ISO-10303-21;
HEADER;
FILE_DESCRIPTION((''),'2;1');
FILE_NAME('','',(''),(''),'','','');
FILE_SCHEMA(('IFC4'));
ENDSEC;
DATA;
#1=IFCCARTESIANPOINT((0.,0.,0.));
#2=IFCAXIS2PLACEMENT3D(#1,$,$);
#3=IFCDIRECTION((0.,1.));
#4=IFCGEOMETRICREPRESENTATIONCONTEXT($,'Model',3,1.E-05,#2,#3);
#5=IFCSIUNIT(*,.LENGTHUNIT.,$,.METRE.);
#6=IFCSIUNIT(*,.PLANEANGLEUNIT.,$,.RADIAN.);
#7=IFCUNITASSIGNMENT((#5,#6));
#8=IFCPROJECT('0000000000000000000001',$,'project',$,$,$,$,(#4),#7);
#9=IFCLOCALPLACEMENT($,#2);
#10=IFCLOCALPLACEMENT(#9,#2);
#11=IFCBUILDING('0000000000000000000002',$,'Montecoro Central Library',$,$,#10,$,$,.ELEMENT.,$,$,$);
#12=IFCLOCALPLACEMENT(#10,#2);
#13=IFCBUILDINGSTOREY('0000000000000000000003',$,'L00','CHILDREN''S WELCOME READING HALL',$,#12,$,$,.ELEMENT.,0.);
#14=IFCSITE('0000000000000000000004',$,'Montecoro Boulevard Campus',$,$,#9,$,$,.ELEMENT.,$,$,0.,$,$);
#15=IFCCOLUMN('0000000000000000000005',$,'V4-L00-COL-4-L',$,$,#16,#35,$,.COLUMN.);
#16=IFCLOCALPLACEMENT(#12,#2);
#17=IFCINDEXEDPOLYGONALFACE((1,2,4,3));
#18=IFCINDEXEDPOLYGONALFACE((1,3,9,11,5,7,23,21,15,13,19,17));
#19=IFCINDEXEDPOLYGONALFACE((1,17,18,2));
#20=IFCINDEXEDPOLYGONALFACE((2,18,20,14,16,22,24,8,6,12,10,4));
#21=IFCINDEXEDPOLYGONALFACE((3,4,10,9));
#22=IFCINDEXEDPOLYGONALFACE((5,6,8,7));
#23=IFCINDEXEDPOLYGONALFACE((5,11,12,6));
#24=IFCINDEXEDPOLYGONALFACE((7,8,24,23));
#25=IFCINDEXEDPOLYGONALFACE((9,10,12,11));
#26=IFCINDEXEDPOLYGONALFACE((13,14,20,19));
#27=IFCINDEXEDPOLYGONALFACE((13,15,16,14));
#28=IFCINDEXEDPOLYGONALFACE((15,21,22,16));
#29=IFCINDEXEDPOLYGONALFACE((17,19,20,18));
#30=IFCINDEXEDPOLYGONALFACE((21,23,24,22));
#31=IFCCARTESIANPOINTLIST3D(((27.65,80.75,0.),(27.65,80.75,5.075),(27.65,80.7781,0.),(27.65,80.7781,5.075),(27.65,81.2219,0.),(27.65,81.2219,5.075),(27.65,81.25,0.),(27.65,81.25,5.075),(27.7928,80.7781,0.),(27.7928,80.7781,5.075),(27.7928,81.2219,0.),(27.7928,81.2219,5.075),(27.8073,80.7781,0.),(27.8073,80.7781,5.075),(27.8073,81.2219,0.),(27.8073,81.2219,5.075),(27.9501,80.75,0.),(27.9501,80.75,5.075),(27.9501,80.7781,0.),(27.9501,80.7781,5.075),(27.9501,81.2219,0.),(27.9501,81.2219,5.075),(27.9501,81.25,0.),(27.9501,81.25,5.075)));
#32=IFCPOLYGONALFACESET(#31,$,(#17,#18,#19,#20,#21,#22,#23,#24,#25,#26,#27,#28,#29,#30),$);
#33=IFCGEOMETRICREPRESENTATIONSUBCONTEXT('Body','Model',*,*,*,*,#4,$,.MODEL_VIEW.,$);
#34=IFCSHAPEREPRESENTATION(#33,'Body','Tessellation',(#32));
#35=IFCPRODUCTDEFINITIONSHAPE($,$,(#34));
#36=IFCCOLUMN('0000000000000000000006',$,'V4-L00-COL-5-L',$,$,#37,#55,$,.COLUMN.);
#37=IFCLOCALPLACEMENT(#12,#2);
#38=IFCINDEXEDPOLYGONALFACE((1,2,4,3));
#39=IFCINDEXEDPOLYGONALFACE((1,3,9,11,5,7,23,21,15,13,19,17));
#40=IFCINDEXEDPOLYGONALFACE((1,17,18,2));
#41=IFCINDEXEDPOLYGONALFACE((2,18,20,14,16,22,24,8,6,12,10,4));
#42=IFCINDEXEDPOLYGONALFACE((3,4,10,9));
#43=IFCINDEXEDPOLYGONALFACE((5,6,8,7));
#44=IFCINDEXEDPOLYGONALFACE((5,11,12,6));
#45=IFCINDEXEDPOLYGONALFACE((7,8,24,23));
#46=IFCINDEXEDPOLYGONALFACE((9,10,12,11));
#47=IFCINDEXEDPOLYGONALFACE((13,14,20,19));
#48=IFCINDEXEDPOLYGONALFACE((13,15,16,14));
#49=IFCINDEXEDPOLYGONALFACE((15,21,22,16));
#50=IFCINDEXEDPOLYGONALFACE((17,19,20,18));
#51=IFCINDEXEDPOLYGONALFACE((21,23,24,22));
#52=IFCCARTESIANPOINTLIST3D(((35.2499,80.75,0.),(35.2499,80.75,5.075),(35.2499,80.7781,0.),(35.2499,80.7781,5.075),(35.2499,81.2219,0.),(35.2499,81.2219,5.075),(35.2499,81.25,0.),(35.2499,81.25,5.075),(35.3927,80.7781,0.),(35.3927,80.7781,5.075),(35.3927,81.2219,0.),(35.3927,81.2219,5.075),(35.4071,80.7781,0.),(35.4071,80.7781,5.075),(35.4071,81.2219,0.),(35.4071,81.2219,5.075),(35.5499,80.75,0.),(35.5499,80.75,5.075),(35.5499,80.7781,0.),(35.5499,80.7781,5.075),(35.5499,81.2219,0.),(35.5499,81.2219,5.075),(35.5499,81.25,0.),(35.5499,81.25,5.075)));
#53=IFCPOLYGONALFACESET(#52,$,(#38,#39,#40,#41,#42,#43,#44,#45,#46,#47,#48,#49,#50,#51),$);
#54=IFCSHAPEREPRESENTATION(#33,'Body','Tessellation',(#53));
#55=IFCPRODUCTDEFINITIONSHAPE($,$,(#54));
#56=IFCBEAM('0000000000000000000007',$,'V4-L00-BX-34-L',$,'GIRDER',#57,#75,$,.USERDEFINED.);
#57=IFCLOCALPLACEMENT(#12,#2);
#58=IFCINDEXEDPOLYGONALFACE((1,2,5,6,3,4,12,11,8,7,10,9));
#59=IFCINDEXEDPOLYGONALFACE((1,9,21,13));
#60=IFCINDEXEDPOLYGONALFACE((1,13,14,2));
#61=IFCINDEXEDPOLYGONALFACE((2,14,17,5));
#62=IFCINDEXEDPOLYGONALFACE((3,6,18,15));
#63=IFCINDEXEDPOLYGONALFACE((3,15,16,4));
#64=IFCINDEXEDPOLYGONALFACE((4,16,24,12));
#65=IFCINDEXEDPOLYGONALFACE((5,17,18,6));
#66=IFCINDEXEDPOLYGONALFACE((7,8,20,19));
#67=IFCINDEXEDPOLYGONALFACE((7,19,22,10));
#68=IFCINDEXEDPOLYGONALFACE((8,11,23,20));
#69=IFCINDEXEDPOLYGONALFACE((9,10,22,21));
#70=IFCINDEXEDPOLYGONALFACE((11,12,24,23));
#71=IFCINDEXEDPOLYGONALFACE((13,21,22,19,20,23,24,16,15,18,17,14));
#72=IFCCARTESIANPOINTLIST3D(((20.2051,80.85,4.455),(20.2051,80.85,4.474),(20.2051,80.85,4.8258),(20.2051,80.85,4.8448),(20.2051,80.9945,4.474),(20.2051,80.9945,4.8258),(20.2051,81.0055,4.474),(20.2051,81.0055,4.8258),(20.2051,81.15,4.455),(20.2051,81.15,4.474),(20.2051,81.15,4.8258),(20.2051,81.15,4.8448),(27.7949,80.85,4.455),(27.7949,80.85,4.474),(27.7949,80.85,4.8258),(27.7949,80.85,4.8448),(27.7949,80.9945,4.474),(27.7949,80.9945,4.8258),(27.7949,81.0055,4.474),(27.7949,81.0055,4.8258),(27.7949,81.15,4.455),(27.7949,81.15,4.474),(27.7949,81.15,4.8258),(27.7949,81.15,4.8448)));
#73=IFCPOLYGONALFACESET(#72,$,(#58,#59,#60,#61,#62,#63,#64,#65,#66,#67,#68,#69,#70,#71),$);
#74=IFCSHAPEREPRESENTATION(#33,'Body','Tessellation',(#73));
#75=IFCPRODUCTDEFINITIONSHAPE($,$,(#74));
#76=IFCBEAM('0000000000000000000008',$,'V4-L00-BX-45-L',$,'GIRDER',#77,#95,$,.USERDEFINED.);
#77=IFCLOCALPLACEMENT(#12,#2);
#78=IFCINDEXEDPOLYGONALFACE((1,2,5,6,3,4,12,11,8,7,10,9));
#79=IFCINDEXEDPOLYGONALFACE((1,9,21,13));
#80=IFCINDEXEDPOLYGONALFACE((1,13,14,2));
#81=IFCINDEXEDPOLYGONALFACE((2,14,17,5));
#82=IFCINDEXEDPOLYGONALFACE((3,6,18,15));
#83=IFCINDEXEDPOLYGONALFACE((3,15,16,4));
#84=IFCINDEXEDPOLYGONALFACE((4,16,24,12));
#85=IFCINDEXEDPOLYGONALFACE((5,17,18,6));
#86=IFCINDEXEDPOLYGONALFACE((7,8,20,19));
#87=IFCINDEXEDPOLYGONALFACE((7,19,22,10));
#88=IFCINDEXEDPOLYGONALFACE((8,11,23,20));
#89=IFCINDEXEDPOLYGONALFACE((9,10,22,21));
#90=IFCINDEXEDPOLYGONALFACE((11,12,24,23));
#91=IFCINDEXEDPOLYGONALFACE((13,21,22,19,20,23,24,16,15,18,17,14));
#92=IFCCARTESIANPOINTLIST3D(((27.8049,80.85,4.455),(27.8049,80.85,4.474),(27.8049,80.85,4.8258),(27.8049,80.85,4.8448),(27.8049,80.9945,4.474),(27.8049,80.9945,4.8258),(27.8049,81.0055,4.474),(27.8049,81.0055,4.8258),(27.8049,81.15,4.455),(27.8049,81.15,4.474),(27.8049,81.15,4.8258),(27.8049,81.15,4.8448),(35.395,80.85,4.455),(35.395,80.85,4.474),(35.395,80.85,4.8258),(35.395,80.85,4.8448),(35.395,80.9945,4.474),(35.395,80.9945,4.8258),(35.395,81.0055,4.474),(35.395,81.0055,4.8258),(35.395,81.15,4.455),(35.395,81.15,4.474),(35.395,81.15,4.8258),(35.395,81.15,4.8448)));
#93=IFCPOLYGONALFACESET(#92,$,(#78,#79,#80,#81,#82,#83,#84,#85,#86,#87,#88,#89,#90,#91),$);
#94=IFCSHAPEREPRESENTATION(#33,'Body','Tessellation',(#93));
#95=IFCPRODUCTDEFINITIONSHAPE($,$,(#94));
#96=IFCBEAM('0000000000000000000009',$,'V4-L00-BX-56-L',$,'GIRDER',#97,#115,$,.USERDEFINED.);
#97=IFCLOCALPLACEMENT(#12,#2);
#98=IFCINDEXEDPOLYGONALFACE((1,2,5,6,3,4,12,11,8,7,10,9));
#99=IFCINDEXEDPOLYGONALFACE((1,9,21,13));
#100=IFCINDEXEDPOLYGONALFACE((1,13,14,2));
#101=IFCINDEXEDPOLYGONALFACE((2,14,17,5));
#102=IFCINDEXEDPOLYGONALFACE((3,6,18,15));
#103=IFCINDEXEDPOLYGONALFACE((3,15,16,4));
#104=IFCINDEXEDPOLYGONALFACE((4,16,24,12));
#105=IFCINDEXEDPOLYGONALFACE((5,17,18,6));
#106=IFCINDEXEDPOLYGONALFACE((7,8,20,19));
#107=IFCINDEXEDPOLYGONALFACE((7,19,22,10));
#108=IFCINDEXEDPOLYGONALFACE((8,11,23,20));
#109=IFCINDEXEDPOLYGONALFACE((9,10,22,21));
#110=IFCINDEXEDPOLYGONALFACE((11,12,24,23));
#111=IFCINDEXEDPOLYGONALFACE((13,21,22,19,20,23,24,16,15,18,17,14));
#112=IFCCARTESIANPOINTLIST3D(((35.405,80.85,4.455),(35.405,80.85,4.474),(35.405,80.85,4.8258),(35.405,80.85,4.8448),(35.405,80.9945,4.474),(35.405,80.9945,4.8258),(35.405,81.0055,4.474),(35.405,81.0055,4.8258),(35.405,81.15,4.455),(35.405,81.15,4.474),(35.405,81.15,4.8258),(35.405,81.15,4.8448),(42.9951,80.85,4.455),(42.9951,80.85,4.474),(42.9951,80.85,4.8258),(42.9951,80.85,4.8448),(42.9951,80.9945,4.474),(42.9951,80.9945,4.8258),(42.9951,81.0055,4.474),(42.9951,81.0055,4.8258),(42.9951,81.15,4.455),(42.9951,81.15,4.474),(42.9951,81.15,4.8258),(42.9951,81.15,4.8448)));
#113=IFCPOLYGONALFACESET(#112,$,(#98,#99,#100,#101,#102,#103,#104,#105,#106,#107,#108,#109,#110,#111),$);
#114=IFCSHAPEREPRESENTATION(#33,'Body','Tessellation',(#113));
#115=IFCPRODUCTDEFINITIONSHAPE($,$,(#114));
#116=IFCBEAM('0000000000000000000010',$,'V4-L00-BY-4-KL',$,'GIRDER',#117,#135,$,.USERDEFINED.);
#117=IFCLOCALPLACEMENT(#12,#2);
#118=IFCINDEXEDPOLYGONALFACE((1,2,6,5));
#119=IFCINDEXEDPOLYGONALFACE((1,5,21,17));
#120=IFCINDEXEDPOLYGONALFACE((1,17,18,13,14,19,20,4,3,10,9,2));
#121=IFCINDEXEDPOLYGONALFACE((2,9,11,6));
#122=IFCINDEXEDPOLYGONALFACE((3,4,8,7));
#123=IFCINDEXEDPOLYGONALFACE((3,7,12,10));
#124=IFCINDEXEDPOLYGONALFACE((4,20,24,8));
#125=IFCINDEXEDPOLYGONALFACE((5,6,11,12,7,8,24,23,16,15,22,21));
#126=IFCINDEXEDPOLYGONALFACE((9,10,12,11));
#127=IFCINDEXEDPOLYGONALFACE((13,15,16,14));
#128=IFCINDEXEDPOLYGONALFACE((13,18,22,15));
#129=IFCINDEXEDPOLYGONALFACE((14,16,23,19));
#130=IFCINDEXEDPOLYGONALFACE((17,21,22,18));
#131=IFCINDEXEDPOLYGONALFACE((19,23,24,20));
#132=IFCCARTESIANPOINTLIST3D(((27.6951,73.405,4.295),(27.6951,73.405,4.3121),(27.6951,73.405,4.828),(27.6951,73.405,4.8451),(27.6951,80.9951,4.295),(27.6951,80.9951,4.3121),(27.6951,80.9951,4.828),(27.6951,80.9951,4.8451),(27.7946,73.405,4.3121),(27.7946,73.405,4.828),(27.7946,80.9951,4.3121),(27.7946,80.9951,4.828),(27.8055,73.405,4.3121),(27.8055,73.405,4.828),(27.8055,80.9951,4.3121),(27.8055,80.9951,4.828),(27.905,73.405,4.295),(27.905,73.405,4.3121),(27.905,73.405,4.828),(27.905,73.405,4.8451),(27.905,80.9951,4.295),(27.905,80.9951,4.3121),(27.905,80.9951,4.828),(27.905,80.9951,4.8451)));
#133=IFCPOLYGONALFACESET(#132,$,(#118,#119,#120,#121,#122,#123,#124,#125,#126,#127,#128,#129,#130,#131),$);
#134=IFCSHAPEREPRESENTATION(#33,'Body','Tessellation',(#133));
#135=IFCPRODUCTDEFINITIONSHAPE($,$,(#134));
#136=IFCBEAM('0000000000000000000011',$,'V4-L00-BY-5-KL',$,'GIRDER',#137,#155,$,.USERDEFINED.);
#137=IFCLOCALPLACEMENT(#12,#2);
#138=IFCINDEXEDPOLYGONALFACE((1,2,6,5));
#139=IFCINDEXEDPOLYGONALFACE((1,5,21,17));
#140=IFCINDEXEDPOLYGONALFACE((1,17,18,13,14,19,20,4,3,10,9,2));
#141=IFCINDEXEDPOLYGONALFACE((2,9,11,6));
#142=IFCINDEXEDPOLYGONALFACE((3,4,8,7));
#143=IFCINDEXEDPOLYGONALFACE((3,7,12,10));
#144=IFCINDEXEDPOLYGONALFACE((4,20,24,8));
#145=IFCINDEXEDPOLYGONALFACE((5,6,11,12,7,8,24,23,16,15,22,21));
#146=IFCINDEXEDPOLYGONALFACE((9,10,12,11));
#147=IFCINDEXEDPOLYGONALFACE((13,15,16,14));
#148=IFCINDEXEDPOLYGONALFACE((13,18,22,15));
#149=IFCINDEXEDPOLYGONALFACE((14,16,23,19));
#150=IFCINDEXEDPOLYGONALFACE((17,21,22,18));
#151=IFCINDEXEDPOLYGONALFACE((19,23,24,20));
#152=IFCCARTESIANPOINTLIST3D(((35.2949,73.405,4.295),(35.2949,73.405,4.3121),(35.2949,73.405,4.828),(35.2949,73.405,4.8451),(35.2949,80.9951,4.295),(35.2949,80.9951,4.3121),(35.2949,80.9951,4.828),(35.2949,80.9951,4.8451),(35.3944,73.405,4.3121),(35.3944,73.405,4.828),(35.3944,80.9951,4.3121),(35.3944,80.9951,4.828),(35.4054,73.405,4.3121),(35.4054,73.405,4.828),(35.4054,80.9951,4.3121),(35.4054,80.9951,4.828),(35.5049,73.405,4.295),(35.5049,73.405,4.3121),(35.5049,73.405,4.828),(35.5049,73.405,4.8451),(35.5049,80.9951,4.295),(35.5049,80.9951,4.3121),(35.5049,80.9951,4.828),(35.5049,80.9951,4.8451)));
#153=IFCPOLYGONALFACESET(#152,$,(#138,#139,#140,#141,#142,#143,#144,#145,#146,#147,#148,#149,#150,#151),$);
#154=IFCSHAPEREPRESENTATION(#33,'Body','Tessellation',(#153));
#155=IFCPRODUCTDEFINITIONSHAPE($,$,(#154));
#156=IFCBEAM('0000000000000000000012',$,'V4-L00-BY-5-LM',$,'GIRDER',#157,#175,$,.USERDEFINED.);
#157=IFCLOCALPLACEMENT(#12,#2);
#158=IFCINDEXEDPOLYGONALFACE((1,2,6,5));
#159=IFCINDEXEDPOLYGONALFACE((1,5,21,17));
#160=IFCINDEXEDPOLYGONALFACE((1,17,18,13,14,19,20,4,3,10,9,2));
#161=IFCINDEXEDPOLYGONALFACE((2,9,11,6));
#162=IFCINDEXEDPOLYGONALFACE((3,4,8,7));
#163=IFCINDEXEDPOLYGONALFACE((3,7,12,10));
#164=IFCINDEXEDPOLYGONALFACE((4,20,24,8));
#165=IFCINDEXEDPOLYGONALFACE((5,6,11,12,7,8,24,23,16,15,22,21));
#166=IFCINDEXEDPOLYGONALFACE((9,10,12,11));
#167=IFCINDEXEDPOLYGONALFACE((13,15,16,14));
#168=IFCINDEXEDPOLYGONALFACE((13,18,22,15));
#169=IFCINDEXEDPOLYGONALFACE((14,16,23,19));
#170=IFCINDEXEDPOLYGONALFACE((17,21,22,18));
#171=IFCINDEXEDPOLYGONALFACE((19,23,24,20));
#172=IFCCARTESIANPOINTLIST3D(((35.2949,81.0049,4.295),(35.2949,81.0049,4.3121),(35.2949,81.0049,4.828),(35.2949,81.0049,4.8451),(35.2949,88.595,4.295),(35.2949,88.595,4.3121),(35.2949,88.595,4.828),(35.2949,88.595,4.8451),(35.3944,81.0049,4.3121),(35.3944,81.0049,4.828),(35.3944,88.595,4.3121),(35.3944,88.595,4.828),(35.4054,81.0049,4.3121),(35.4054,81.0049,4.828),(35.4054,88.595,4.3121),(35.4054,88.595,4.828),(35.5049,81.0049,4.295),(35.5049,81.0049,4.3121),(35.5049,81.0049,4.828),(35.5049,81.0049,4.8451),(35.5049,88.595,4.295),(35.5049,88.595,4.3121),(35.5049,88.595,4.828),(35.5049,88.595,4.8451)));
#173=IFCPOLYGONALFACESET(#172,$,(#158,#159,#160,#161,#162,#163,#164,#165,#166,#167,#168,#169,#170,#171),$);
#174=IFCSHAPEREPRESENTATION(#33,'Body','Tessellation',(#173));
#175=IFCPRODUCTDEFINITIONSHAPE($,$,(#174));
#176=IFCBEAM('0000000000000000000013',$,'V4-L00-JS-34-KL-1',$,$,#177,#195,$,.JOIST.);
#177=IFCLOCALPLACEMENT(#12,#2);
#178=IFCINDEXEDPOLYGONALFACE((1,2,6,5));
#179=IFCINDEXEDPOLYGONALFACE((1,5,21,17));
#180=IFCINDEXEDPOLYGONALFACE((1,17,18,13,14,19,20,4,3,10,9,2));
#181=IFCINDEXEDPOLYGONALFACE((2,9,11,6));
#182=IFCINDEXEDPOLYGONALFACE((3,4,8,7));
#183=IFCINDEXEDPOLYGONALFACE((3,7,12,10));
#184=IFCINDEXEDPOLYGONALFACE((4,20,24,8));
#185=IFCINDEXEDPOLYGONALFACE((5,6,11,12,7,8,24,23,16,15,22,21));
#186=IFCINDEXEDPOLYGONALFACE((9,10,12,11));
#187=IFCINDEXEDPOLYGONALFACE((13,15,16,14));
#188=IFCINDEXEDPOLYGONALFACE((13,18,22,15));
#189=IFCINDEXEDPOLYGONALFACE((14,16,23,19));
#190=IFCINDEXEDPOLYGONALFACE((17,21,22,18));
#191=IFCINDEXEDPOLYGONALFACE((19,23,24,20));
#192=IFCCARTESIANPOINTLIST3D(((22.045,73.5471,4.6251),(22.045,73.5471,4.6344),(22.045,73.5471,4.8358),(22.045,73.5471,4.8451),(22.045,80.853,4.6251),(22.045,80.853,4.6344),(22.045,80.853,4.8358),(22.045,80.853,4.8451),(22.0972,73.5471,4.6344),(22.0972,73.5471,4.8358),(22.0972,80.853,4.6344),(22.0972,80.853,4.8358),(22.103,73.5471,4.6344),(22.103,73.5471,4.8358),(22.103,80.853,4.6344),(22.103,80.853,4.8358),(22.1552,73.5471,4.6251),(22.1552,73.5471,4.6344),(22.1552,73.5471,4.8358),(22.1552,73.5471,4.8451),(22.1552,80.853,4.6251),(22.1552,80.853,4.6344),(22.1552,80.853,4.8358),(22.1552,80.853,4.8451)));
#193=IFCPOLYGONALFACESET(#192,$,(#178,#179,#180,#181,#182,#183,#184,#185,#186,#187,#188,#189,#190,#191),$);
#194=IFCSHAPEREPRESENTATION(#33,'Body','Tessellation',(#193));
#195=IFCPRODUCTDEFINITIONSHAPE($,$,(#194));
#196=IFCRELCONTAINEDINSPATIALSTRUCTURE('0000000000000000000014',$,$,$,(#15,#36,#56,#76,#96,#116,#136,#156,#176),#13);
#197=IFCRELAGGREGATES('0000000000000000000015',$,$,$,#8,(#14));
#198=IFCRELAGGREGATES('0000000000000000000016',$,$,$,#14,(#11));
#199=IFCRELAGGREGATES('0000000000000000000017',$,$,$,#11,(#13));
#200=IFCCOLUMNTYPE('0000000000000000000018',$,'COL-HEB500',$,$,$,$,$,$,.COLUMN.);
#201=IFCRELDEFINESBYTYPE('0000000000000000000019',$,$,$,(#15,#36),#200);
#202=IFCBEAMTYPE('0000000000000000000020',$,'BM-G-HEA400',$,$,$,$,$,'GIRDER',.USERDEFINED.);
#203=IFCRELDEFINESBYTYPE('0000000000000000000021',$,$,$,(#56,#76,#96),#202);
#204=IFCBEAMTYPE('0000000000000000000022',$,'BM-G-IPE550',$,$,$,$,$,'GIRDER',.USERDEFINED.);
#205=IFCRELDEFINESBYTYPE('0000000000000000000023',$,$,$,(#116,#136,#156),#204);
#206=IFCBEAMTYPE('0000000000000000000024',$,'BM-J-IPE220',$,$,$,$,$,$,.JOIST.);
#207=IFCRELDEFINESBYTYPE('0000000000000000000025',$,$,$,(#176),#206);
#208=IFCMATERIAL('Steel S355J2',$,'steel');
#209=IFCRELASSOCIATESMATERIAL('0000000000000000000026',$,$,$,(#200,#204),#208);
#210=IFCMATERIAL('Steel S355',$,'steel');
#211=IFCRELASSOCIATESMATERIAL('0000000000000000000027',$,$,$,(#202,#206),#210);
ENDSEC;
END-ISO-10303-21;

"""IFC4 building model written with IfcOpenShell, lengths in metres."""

from ifc_helpers import new_model, si_unit, direction, frame, origin, origin_2d, place, context, subcontext, project, spatial, i_section, extrude, material, material_profile, profile_set, type_object, element, save


model = new_model("IFC4")

# Units and contexts
model_context = context("Model", 3, precision=1e-05, world=origin(), true_north=direction((0.0, 1.0)))
body_context = subcontext(model_context, "Body", "Model", "MODEL_VIEW")
ifc_project = project(units=[si_unit("LENGTHUNIT", "METRE"), si_unit("PLANEANGLEUNIT", "RADIAN")], contexts=[model_context])

# Site, building, storey
site_placement = place(None, origin())
site = spatial("IfcSite", under=ifc_project, at=site_placement, Name="Montecoro Boulevard Campus", CompositionType="ELEMENT", RefElevation=0.0)
building_placement = place(site_placement, origin())
building = spatial("IfcBuilding", under=site, at=building_placement, Name="Montecoro Central Library", CompositionType="ELEMENT")
storey_placement = place(building_placement, origin())
storey = spatial("IfcBuildingStorey", under=building, at=storey_placement, Name="L00", Description="CHILDREN'S WELCOME READING HALL", CompositionType="ELEMENT", Elevation=0.0)

# Columns
ifc_material_1 = material(Name="Steel S355J2", Category="steel")
ifc_material_profile_1 = material_profile(ifc_material_1, i_section(OverallWidth=0.3, OverallDepth=0.5, WebThickness=0.0144, FlangeThickness=0.0281, at=origin_2d()), Name="HEB 500")
ifc_profile_set_1 = profile_set([ifc_material_profile_1], Name="Steel S355J2")
column_type = type_object("IfcColumnType", Name="COL-HEB500", PredefinedType="COLUMN", material=ifc_profile_set_1)
for number, where, z_axis, x_axis, name in (
    (1, (27.8, 81.0, 0.0), (0.0, 0.0, 1.0), (1.0, 0.0, 0.0), "V4-L00-COL-4-L"),
    (2, (35.3999, 81.0, 0.0), (0.0, 0.0, 1.0), (1.0, 0.0, 0.0), "V4-L00-COL-5-L"),
):
    element("IfcColumn", number, at=place(storey_placement, frame(where, z_axis=z_axis, x_axis=x_axis)), inside=storey, type_object=column_type, Name=name, PredefinedType="COLUMN", context=body_context, shape_type="SweptSolid", body=[
        extrude(i_section(OverallWidth=0.3, OverallDepth=0.5, WebThickness=0.0144, FlangeThickness=0.0281, at=origin_2d()), origin(), (0.0, 0.0, 1.0), 5.075),
    ])

# Beams
ifc_material_2 = material(Name="Steel S355", Category="steel")
ifc_material_profile_2 = material_profile(ifc_material_2, i_section(OverallWidth=0.3, OverallDepth=0.3899, WebThickness=0.011, FlangeThickness=0.019, at=origin_2d()), Name="HEA 400")
ifc_profile_set_2 = profile_set([ifc_material_profile_2], Name="Steel S355")
beam_type_1 = type_object("IfcBeamType", Name="BM-G-HEA400", ElementType="GIRDER", PredefinedType="USERDEFINED", material=ifc_profile_set_2)
beam_placement = place(storey_placement, frame((20.2051, 81.0, 4.6499), z_axis=(1.0, 0.0, 0.0), x_axis=(0.0, 1.0, 0.0)))
element("IfcBeam", 3, at=beam_placement, inside=storey, type_object=beam_type_1, Name="V4-L00-BX-34-L", ObjectType="GIRDER", PredefinedType="USERDEFINED", context=body_context, shape_type="SweptSolid", body=[
    extrude(i_section(OverallWidth=0.3, OverallDepth=0.3899, WebThickness=0.011, FlangeThickness=0.019, at=origin_2d()), origin(), (0.0, 0.0, 1.0), 7.5898),
])
for number, where, z_axis, x_axis, name in (
    (4, (27.8049, 81.0, 4.6499), (1.0, 0.0, 0.0), (0.0, 1.0, 0.0), "V4-L00-BX-45-L"),
    (5, (35.405, 81.0, 4.6499), (1.0, 0.0, 0.0), (0.0, 1.0, 0.0), "V4-L00-BX-56-L"),
):
    element("IfcBeam", number, at=place(storey_placement, frame(where, z_axis=z_axis, x_axis=x_axis)), inside=storey, type_object=beam_type_1, Name=name, ObjectType="GIRDER", PredefinedType="USERDEFINED", context=body_context, shape_type="SweptSolid", body=[
        extrude(i_section(OverallWidth=0.3, OverallDepth=0.3899, WebThickness=0.011, FlangeThickness=0.019, at=origin_2d()), origin(), (0.0, 0.0, 1.0), 7.5901),
    ])
ifc_material_profile_3 = material_profile(ifc_material_1, i_section(OverallWidth=0.21, OverallDepth=0.55, WebThickness=0.011, FlangeThickness=0.0171, at=origin_2d()), Name="IPE 550")
ifc_profile_set_3 = profile_set([ifc_material_profile_3], Name="Steel S355J2")
beam_type_2 = type_object("IfcBeamType", Name="BM-G-IPE550", ElementType="GIRDER", PredefinedType="USERDEFINED", material=ifc_profile_set_3)
for number, where, z_axis, x_axis, name in (
    (6, (27.8, 73.405, 4.5701), (0.0, 1.0, 0.0), (-1.0, 0.0, 0.0), "V4-L00-BY-4-KL"),
    (7, (35.3999, 73.405, 4.5701), (0.0, 1.0, 0.0), (-1.0, 0.0, 0.0), "V4-L00-BY-5-KL"),
    (8, (35.3999, 81.0049, 4.5701), (0.0, 1.0, 0.0), (-1.0, 0.0, 0.0), "V4-L00-BY-5-LM"),
):
    element("IfcBeam", number, at=place(storey_placement, frame(where, z_axis=z_axis, x_axis=x_axis)), inside=storey, type_object=beam_type_2, Name=name, ObjectType="GIRDER", PredefinedType="USERDEFINED", context=body_context, shape_type="SweptSolid", body=[
        extrude(i_section(OverallWidth=0.21, OverallDepth=0.55, WebThickness=0.011, FlangeThickness=0.0171, at=origin_2d()), origin(), (0.0, 0.0, 1.0), 7.5901),
    ])
ifc_material_profile_4 = material_profile(ifc_material_2, i_section(OverallWidth=0.1101, OverallDepth=0.22, WebThickness=0.0059, FlangeThickness=0.0093, at=origin_2d()), Name="IPE 220")
ifc_profile_set_4 = profile_set([ifc_material_profile_4], Name="Steel S355")
beam_type_3 = type_object("IfcBeamType", Name="BM-J-IPE220", PredefinedType="JOIST", material=ifc_profile_set_4)
for number, where, z_axis, x_axis, name in (
    (9, (22.1001, 73.5471, 4.7351), (0.0, 1.0, 0.0), (-1.0, 0.0, 0.0), "V4-L00-JS-34-KL-1"),
):
    element("IfcBeam", number, at=place(storey_placement, frame(where, z_axis=z_axis, x_axis=x_axis)), inside=storey, type_object=beam_type_3, Name=name, PredefinedType="JOIST", context=body_context, shape_type="SweptSolid", body=[
        extrude(i_section(OverallWidth=0.1101, OverallDepth=0.22, WebThickness=0.0059, FlangeThickness=0.0093, at=origin_2d()), origin(), (0.0, 0.0, 1.0), 7.3059),
    ])

save(model, "model.ifc")
